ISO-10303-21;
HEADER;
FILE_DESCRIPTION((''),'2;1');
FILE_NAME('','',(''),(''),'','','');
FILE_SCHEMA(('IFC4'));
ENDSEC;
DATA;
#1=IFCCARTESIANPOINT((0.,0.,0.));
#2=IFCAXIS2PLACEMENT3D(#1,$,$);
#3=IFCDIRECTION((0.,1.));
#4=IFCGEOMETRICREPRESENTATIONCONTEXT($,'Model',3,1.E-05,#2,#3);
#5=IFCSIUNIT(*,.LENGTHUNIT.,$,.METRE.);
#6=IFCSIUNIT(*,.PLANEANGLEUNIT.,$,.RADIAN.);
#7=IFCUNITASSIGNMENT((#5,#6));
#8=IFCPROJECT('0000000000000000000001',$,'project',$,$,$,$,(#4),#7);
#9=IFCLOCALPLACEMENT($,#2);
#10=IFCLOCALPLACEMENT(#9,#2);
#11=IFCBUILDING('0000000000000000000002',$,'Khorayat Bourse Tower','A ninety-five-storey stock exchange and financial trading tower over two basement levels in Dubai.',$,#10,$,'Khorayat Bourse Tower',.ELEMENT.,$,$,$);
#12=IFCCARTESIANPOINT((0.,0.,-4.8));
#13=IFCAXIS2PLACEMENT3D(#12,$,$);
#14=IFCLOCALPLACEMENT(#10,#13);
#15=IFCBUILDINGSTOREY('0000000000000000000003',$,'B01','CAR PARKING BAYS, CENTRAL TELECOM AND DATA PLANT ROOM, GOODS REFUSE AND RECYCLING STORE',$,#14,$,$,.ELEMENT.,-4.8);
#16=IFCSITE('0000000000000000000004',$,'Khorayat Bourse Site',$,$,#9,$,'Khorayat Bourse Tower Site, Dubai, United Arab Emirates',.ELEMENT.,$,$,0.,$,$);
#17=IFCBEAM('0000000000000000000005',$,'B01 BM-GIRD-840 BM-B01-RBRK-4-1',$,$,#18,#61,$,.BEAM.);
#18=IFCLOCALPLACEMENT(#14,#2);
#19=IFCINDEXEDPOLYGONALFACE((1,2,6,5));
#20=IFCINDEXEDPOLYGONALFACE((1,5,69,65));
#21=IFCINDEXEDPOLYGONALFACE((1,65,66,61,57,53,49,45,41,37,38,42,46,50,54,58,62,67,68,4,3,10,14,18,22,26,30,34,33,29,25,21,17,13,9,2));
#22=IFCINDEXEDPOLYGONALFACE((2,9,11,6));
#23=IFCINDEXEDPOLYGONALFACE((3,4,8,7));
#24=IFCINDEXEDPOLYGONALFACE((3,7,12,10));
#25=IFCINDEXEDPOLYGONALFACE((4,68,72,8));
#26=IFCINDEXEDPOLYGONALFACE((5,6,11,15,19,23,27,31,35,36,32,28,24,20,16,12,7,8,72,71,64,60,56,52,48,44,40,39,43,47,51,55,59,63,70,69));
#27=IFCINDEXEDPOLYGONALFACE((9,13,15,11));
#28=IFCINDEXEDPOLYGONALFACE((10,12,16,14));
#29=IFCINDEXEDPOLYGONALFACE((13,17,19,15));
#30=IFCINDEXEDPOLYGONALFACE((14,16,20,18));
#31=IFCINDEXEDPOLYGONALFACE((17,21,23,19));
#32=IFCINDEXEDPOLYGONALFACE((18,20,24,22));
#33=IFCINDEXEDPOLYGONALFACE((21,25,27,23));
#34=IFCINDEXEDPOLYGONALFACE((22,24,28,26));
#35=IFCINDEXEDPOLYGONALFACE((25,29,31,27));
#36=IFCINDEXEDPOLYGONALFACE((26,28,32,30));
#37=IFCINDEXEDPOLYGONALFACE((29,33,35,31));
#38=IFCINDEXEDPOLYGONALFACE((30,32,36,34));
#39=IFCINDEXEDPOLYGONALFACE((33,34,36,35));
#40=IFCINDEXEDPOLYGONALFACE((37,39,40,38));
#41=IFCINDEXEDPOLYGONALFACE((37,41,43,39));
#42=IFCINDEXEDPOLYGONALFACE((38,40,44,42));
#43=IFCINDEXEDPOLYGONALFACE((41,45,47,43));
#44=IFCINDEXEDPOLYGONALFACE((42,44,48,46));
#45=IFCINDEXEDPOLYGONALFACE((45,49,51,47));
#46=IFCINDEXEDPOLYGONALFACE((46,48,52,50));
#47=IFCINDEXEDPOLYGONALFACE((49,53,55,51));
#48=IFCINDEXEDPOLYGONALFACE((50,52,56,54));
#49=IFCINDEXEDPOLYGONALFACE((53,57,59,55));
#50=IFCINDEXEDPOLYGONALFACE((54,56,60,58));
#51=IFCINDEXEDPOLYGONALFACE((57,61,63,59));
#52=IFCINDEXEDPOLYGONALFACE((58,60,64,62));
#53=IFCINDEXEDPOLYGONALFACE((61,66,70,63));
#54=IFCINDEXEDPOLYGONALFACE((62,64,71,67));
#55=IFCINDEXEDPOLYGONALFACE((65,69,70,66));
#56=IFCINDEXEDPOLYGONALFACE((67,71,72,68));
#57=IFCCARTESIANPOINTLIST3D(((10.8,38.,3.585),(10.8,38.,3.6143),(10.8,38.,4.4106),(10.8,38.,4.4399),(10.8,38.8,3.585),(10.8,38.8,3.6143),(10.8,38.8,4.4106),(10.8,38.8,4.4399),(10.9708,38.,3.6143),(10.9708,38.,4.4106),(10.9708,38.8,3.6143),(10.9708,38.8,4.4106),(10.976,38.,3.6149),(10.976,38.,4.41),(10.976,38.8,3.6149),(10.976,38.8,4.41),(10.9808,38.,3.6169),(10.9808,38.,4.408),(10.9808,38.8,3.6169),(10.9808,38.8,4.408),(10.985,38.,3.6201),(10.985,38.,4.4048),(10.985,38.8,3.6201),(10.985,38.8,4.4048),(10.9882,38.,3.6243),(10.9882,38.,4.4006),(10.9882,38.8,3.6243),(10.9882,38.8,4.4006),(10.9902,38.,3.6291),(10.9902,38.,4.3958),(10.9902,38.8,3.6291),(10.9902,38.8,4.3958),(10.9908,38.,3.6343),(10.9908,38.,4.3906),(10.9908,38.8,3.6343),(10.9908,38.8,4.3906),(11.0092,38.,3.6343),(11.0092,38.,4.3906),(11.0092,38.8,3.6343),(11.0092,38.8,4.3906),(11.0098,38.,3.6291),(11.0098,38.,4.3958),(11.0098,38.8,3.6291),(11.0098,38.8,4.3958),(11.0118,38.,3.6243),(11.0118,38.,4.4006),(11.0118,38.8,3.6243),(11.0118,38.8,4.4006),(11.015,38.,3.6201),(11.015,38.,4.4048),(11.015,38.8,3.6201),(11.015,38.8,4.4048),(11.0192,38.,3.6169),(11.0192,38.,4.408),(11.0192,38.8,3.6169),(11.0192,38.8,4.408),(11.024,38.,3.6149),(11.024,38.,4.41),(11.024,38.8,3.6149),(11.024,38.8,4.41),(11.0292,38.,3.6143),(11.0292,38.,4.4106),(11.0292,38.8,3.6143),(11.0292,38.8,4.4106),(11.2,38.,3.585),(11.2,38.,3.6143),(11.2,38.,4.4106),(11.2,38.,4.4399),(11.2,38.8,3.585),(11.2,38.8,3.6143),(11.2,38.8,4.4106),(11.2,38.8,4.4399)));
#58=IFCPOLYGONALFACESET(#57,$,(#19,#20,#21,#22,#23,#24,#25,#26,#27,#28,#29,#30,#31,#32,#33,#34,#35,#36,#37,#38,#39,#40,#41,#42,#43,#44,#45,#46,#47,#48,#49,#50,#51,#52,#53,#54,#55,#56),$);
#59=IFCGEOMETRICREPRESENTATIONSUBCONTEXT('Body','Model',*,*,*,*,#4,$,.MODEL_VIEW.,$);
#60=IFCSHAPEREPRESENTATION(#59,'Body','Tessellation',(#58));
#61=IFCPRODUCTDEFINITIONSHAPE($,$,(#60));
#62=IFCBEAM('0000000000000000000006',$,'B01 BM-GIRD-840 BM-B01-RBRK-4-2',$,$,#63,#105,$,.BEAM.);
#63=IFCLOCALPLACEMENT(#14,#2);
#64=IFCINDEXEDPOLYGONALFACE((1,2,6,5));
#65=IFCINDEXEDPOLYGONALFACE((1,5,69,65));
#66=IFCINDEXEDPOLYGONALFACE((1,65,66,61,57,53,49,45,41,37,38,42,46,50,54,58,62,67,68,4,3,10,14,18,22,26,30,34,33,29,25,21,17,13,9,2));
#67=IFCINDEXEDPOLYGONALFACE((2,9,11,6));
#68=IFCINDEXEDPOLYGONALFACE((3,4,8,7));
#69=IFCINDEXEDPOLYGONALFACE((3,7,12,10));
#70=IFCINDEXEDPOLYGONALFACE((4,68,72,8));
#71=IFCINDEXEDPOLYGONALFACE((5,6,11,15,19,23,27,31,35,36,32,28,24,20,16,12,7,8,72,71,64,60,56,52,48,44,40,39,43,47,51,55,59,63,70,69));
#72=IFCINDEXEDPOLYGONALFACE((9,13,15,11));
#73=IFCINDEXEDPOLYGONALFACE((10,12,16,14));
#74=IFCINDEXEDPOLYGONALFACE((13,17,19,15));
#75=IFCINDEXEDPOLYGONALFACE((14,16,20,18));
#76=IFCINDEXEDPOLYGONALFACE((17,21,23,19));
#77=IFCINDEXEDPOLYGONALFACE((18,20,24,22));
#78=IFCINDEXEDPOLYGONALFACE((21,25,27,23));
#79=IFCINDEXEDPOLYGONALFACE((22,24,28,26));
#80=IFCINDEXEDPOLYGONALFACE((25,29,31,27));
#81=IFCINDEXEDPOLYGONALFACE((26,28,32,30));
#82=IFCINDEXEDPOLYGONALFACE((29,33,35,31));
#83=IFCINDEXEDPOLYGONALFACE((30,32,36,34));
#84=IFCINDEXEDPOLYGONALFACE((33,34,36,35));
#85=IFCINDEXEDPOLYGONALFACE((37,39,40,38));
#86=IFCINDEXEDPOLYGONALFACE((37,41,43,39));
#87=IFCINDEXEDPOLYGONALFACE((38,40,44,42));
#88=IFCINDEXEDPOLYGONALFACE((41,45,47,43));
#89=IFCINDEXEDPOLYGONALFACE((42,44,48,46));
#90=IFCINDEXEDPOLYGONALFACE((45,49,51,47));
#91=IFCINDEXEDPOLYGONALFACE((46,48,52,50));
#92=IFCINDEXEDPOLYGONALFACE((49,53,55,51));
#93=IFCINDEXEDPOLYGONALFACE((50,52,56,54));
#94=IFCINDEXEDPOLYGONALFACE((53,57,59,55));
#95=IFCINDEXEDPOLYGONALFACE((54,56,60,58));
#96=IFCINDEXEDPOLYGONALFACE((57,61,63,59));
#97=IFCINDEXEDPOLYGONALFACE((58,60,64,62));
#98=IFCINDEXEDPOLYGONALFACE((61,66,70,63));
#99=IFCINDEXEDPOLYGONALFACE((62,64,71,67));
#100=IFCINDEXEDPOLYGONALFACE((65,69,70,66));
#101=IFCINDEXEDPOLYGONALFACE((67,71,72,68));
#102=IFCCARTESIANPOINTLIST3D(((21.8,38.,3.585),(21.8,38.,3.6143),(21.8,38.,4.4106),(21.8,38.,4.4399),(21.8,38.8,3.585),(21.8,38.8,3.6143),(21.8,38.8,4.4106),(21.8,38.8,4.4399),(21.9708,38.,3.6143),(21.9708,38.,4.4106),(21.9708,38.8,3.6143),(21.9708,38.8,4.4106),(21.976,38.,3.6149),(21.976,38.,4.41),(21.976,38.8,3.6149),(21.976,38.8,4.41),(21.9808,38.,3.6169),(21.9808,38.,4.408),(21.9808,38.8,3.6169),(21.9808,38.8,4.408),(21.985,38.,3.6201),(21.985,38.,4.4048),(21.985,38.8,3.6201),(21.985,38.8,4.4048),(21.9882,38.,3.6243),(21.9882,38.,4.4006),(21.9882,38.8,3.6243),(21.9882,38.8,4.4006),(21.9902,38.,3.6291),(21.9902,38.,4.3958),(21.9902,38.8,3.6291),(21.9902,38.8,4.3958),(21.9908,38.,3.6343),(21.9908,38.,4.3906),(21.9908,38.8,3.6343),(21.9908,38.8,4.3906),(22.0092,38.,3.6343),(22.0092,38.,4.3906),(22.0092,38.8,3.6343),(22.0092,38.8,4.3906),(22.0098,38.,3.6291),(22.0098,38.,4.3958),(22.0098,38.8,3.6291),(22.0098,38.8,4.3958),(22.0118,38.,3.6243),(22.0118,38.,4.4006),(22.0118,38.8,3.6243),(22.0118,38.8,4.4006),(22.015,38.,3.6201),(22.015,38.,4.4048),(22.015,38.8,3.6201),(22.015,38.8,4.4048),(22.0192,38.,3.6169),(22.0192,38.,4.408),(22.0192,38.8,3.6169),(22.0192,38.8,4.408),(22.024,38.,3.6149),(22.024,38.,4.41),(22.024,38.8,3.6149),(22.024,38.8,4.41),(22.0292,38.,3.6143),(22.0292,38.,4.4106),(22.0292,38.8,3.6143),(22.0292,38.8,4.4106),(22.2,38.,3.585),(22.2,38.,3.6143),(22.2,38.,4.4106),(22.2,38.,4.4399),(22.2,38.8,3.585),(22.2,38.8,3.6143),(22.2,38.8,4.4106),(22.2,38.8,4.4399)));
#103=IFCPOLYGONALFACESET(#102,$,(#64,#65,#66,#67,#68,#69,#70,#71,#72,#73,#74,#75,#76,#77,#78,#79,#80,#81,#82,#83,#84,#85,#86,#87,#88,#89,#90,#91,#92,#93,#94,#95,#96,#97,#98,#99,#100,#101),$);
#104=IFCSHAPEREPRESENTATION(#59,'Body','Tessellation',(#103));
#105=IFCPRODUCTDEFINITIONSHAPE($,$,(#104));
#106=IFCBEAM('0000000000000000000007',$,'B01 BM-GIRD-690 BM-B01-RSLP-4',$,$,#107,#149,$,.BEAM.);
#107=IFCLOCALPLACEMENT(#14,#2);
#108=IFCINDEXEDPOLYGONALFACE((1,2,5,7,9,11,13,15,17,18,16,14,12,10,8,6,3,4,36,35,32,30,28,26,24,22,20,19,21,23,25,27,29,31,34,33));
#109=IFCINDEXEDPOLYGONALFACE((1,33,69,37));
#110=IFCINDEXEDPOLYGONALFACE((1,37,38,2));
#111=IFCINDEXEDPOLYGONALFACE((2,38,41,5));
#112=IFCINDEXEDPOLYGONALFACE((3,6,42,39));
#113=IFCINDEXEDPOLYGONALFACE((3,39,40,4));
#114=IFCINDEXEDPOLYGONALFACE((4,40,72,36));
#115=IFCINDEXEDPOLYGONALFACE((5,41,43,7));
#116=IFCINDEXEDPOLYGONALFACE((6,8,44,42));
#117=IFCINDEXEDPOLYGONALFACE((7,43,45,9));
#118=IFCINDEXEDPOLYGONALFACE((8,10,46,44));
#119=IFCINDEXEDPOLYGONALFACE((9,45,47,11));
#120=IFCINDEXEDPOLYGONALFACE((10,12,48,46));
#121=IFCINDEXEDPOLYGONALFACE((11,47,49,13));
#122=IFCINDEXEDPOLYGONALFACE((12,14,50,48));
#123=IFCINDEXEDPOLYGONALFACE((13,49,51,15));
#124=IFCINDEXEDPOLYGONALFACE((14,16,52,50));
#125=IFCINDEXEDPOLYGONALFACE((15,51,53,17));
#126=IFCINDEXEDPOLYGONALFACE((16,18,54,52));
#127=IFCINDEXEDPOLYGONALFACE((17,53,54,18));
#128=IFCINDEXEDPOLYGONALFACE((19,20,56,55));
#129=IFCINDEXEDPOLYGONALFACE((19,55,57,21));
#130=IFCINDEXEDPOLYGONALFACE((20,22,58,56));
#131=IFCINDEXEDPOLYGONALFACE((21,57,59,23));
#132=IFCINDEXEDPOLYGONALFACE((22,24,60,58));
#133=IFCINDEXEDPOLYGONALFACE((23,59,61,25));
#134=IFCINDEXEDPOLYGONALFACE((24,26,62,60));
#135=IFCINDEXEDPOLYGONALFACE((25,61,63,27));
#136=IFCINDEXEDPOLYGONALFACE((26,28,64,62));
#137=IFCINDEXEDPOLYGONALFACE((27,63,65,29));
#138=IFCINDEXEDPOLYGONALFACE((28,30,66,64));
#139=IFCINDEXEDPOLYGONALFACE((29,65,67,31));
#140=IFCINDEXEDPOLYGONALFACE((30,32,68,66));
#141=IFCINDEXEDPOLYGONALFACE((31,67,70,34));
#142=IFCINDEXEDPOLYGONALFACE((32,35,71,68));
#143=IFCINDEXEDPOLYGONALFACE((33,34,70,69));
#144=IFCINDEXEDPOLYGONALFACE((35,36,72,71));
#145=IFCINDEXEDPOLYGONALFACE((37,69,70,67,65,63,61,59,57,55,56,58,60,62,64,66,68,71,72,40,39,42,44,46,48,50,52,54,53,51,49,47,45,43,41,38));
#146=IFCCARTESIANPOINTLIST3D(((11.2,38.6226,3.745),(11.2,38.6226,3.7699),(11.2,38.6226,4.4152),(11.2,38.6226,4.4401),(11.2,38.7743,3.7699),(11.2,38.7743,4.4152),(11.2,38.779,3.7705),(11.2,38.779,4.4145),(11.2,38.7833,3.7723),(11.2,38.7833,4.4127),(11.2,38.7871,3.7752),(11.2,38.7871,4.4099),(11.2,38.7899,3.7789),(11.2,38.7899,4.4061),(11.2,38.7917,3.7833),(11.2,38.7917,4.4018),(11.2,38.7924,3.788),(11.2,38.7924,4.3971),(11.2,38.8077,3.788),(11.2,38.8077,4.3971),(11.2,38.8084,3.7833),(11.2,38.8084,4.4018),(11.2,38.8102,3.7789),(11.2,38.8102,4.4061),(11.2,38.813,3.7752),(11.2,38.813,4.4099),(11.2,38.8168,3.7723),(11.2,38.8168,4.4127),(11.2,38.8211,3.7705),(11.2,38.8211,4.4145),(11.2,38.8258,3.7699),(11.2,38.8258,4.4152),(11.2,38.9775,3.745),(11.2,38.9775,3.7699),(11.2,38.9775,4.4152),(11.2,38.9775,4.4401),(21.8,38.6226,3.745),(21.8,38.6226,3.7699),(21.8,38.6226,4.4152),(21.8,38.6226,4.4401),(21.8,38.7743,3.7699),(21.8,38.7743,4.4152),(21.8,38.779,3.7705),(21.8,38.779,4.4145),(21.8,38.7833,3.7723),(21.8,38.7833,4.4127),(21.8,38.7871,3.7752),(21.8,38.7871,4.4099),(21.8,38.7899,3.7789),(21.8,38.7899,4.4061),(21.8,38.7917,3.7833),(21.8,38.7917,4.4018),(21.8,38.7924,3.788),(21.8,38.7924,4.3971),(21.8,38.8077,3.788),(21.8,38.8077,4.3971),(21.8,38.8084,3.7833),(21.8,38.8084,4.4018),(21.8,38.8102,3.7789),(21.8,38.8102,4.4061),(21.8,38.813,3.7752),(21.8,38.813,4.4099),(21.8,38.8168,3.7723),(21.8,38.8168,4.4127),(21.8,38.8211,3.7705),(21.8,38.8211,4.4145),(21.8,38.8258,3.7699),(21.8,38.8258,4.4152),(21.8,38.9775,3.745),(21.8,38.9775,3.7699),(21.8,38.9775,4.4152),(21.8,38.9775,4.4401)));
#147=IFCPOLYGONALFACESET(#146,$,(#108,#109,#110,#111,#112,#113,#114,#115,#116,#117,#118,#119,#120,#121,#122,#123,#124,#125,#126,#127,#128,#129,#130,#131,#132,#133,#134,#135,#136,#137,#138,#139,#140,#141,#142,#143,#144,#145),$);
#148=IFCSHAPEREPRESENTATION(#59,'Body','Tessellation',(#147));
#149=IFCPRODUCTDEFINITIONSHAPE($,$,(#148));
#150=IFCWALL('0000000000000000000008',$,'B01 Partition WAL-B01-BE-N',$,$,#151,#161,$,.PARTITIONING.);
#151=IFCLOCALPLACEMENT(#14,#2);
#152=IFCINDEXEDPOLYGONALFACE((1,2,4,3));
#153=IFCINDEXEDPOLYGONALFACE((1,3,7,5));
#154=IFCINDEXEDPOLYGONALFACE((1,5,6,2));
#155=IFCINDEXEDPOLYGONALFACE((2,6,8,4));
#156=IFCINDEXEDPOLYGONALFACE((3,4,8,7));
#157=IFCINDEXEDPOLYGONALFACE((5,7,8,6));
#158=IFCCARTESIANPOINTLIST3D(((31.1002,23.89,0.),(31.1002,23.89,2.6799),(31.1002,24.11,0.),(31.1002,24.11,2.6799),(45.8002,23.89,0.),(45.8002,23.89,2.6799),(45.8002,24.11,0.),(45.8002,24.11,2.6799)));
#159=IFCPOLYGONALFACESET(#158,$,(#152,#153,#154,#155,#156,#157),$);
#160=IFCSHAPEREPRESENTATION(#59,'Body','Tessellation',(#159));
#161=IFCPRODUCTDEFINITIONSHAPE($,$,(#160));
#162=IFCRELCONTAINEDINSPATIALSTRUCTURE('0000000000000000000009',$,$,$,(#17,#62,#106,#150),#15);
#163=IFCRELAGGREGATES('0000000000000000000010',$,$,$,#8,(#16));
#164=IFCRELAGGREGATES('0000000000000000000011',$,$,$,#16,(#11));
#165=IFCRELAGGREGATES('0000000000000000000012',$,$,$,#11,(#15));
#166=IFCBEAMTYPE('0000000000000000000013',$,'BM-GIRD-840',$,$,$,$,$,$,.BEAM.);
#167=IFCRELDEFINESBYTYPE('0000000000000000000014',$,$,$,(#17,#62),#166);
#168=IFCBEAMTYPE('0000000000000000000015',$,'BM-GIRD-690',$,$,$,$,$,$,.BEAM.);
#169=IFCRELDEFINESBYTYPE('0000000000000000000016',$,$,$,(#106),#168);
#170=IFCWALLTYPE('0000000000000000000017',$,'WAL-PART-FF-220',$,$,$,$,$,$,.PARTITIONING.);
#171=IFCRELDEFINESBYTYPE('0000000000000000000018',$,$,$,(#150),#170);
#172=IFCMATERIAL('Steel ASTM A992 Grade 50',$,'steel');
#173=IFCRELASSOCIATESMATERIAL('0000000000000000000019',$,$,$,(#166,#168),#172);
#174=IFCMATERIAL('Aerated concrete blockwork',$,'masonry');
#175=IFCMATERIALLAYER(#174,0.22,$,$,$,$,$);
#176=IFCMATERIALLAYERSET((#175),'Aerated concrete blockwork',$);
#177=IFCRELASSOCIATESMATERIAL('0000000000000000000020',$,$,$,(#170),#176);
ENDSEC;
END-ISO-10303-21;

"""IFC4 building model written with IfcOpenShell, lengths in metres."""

from ifc_helpers import new_model, si_unit, direction, frame, frame_2d, origin, origin_2d, place, context, subcontext, project, spatial, rectangle, i_section, extrude, source, transform, mapped, material, layer, layer_set, material_profile, profile_set, type_object, element, save


model = new_model("IFC4")

# Units and contexts
model_context = context("Model", 3, precision=1e-05, world=origin(), true_north=direction((0.0, 1.0)))
body_context = subcontext(model_context, "Body", "Model", "MODEL_VIEW")
ifc_project = project(units=[si_unit("LENGTHUNIT", "METRE"), si_unit("PLANEANGLEUNIT", "RADIAN")], contexts=[model_context])

# Site, building, storey
site_placement = place(None, origin())
site = spatial("IfcSite", under=ifc_project, at=site_placement, Name="Khorayat Bourse Site", LongName="Khorayat Bourse Tower Site, Dubai, United Arab Emirates", CompositionType="ELEMENT", RefElevation=0.0)
building_placement = place(site_placement, origin())
building = spatial("IfcBuilding", under=site, at=building_placement, Name="Khorayat Bourse Tower", Description="A ninety-five-storey stock exchange and financial trading tower over two basement levels in Dubai.", LongName="Khorayat Bourse Tower", CompositionType="ELEMENT")
storey_placement = place(building_placement, frame((0.0, 0.0, -4.8)))
storey = spatial("IfcBuildingStorey", under=building, at=storey_placement, Name="B01", Description="CAR PARKING BAYS, CENTRAL TELECOM AND DATA PLANT ROOM, GOODS REFUSE AND RECYCLING STORE", CompositionType="ELEMENT", Elevation=-4.8)

# Beams
ifc_material_1 = material(Name="Steel ASTM A992 Grade 50", Category="steel")
ifc_material_profile_1 = material_profile(ifc_material_1, i_section(OverallWidth=0.3999, OverallDepth=0.855, WebThickness=0.0183, FlangeThickness=0.0293, FilletRadius=0.02, at=origin_2d()), Name="W840X299")
ifc_profile_set_1 = profile_set([ifc_material_profile_1], Name="Steel ASTM A992 Grade 50")
beam_type_1 = type_object("IfcBeamType", Name="BM-GIRD-840", PredefinedType="BEAM", material=ifc_profile_set_1)
shared_shape_1 = source(origin(), body_context, "Body", "SweptSolid", [
    extrude(i_section(OverallWidth=0.3999, OverallDepth=0.855, WebThickness=0.0183, FlangeThickness=0.0293, FilletRadius=0.02, at=origin_2d()), origin(), (0.0, 0.0, 1.0), 0.8),
])
for number, where, z_axis, x_axis, name in (
    (1, (11.0, 38.0, 4.0125), (0.0, 1.0, 0.0), (-1.0, 0.0, 0.0), "B01 BM-GIRD-840 BM-B01-RBRK-4-1"),
    (2, (22.0, 38.0, 4.0125), (0.0, 1.0, 0.0), (-1.0, 0.0, 0.0), "B01 BM-GIRD-840 BM-B01-RBRK-4-2"),
):
    element("IfcBeam", number, at=place(storey_placement, frame(where, z_axis=z_axis, x_axis=x_axis)), inside=storey, type_object=beam_type_1, Name=name, PredefinedType="BEAM", context=body_context, shape_type="MappedRepresentation", body=[
        mapped(shared_shape_1, transform((0.0, 0.0, 0.0), scale=1.0)),
    ])
ifc_material_profile_2 = material_profile(ifc_material_1, i_section(OverallWidth=0.355, OverallDepth=0.6951, WebThickness=0.0154, FlangeThickness=0.0249, FilletRadius=0.0181, at=origin_2d()), Name="W690X217")
ifc_profile_set_2 = profile_set([ifc_material_profile_2], Name="Steel ASTM A992 Grade 50")
beam_type_2 = type_object("IfcBeamType", Name="BM-GIRD-690", PredefinedType="BEAM", material=ifc_profile_set_2)
shared_shape_2 = source(origin(), body_context, "Body", "SweptSolid", [
    extrude(i_section(OverallWidth=0.355, OverallDepth=0.6951, WebThickness=0.0154, FlangeThickness=0.0249, FilletRadius=0.0181, at=origin_2d()), origin(), (0.0, 0.0, 1.0), 10.6001),
])
beam_1_placement = place(storey_placement, frame((11.2, 38.8, 4.0925), z_axis=(1.0, 0.0, 0.0), x_axis=(0.0, 1.0, 0.0)))
element("IfcBeam", 3, at=beam_1_placement, inside=storey, type_object=beam_type_2, Name="B01 BM-GIRD-690 BM-B01-RSLP-4", PredefinedType="BEAM", context=body_context, shape_type="MappedRepresentation", body=[
    mapped(shared_shape_2, transform((0.0, 0.0, 0.0), scale=1.0)),
])

# Wall
ifc_material_2 = material(Name="Aerated concrete blockwork", Category="masonry")
ifc_layer = layer(ifc_material_2, 0.22)
ifc_layer_set = layer_set([ifc_layer], Name="Aerated concrete blockwork")
wall_type = type_object("IfcWallType", Name="WAL-PART-FF-220", PredefinedType="PARTITIONING", material=ifc_layer_set)
shared_shape_3 = source(origin(), body_context, "Body", "SweptSolid", [
    extrude(rectangle(XDim=14.7, YDim=0.22, at=frame_2d((7.3501, 0.0))), origin(), (0.0, 0.0, 1.0), 2.6799),
])
wall_placement = place(storey_placement, frame((31.1001, 24.0, 0.0), z_axis=(0.0, 0.0, 1.0), x_axis=(1.0, 0.0, 0.0)))
element("IfcWall", 4, at=wall_placement, inside=storey, type_object=wall_type, Name="B01 Partition WAL-B01-BE-N", PredefinedType="PARTITIONING", context=body_context, shape_type="MappedRepresentation", body=[
    mapped(shared_shape_3, transform((0.0, 0.0, 0.0), scale=1.0)),
])

save(model, "model.ifc")
